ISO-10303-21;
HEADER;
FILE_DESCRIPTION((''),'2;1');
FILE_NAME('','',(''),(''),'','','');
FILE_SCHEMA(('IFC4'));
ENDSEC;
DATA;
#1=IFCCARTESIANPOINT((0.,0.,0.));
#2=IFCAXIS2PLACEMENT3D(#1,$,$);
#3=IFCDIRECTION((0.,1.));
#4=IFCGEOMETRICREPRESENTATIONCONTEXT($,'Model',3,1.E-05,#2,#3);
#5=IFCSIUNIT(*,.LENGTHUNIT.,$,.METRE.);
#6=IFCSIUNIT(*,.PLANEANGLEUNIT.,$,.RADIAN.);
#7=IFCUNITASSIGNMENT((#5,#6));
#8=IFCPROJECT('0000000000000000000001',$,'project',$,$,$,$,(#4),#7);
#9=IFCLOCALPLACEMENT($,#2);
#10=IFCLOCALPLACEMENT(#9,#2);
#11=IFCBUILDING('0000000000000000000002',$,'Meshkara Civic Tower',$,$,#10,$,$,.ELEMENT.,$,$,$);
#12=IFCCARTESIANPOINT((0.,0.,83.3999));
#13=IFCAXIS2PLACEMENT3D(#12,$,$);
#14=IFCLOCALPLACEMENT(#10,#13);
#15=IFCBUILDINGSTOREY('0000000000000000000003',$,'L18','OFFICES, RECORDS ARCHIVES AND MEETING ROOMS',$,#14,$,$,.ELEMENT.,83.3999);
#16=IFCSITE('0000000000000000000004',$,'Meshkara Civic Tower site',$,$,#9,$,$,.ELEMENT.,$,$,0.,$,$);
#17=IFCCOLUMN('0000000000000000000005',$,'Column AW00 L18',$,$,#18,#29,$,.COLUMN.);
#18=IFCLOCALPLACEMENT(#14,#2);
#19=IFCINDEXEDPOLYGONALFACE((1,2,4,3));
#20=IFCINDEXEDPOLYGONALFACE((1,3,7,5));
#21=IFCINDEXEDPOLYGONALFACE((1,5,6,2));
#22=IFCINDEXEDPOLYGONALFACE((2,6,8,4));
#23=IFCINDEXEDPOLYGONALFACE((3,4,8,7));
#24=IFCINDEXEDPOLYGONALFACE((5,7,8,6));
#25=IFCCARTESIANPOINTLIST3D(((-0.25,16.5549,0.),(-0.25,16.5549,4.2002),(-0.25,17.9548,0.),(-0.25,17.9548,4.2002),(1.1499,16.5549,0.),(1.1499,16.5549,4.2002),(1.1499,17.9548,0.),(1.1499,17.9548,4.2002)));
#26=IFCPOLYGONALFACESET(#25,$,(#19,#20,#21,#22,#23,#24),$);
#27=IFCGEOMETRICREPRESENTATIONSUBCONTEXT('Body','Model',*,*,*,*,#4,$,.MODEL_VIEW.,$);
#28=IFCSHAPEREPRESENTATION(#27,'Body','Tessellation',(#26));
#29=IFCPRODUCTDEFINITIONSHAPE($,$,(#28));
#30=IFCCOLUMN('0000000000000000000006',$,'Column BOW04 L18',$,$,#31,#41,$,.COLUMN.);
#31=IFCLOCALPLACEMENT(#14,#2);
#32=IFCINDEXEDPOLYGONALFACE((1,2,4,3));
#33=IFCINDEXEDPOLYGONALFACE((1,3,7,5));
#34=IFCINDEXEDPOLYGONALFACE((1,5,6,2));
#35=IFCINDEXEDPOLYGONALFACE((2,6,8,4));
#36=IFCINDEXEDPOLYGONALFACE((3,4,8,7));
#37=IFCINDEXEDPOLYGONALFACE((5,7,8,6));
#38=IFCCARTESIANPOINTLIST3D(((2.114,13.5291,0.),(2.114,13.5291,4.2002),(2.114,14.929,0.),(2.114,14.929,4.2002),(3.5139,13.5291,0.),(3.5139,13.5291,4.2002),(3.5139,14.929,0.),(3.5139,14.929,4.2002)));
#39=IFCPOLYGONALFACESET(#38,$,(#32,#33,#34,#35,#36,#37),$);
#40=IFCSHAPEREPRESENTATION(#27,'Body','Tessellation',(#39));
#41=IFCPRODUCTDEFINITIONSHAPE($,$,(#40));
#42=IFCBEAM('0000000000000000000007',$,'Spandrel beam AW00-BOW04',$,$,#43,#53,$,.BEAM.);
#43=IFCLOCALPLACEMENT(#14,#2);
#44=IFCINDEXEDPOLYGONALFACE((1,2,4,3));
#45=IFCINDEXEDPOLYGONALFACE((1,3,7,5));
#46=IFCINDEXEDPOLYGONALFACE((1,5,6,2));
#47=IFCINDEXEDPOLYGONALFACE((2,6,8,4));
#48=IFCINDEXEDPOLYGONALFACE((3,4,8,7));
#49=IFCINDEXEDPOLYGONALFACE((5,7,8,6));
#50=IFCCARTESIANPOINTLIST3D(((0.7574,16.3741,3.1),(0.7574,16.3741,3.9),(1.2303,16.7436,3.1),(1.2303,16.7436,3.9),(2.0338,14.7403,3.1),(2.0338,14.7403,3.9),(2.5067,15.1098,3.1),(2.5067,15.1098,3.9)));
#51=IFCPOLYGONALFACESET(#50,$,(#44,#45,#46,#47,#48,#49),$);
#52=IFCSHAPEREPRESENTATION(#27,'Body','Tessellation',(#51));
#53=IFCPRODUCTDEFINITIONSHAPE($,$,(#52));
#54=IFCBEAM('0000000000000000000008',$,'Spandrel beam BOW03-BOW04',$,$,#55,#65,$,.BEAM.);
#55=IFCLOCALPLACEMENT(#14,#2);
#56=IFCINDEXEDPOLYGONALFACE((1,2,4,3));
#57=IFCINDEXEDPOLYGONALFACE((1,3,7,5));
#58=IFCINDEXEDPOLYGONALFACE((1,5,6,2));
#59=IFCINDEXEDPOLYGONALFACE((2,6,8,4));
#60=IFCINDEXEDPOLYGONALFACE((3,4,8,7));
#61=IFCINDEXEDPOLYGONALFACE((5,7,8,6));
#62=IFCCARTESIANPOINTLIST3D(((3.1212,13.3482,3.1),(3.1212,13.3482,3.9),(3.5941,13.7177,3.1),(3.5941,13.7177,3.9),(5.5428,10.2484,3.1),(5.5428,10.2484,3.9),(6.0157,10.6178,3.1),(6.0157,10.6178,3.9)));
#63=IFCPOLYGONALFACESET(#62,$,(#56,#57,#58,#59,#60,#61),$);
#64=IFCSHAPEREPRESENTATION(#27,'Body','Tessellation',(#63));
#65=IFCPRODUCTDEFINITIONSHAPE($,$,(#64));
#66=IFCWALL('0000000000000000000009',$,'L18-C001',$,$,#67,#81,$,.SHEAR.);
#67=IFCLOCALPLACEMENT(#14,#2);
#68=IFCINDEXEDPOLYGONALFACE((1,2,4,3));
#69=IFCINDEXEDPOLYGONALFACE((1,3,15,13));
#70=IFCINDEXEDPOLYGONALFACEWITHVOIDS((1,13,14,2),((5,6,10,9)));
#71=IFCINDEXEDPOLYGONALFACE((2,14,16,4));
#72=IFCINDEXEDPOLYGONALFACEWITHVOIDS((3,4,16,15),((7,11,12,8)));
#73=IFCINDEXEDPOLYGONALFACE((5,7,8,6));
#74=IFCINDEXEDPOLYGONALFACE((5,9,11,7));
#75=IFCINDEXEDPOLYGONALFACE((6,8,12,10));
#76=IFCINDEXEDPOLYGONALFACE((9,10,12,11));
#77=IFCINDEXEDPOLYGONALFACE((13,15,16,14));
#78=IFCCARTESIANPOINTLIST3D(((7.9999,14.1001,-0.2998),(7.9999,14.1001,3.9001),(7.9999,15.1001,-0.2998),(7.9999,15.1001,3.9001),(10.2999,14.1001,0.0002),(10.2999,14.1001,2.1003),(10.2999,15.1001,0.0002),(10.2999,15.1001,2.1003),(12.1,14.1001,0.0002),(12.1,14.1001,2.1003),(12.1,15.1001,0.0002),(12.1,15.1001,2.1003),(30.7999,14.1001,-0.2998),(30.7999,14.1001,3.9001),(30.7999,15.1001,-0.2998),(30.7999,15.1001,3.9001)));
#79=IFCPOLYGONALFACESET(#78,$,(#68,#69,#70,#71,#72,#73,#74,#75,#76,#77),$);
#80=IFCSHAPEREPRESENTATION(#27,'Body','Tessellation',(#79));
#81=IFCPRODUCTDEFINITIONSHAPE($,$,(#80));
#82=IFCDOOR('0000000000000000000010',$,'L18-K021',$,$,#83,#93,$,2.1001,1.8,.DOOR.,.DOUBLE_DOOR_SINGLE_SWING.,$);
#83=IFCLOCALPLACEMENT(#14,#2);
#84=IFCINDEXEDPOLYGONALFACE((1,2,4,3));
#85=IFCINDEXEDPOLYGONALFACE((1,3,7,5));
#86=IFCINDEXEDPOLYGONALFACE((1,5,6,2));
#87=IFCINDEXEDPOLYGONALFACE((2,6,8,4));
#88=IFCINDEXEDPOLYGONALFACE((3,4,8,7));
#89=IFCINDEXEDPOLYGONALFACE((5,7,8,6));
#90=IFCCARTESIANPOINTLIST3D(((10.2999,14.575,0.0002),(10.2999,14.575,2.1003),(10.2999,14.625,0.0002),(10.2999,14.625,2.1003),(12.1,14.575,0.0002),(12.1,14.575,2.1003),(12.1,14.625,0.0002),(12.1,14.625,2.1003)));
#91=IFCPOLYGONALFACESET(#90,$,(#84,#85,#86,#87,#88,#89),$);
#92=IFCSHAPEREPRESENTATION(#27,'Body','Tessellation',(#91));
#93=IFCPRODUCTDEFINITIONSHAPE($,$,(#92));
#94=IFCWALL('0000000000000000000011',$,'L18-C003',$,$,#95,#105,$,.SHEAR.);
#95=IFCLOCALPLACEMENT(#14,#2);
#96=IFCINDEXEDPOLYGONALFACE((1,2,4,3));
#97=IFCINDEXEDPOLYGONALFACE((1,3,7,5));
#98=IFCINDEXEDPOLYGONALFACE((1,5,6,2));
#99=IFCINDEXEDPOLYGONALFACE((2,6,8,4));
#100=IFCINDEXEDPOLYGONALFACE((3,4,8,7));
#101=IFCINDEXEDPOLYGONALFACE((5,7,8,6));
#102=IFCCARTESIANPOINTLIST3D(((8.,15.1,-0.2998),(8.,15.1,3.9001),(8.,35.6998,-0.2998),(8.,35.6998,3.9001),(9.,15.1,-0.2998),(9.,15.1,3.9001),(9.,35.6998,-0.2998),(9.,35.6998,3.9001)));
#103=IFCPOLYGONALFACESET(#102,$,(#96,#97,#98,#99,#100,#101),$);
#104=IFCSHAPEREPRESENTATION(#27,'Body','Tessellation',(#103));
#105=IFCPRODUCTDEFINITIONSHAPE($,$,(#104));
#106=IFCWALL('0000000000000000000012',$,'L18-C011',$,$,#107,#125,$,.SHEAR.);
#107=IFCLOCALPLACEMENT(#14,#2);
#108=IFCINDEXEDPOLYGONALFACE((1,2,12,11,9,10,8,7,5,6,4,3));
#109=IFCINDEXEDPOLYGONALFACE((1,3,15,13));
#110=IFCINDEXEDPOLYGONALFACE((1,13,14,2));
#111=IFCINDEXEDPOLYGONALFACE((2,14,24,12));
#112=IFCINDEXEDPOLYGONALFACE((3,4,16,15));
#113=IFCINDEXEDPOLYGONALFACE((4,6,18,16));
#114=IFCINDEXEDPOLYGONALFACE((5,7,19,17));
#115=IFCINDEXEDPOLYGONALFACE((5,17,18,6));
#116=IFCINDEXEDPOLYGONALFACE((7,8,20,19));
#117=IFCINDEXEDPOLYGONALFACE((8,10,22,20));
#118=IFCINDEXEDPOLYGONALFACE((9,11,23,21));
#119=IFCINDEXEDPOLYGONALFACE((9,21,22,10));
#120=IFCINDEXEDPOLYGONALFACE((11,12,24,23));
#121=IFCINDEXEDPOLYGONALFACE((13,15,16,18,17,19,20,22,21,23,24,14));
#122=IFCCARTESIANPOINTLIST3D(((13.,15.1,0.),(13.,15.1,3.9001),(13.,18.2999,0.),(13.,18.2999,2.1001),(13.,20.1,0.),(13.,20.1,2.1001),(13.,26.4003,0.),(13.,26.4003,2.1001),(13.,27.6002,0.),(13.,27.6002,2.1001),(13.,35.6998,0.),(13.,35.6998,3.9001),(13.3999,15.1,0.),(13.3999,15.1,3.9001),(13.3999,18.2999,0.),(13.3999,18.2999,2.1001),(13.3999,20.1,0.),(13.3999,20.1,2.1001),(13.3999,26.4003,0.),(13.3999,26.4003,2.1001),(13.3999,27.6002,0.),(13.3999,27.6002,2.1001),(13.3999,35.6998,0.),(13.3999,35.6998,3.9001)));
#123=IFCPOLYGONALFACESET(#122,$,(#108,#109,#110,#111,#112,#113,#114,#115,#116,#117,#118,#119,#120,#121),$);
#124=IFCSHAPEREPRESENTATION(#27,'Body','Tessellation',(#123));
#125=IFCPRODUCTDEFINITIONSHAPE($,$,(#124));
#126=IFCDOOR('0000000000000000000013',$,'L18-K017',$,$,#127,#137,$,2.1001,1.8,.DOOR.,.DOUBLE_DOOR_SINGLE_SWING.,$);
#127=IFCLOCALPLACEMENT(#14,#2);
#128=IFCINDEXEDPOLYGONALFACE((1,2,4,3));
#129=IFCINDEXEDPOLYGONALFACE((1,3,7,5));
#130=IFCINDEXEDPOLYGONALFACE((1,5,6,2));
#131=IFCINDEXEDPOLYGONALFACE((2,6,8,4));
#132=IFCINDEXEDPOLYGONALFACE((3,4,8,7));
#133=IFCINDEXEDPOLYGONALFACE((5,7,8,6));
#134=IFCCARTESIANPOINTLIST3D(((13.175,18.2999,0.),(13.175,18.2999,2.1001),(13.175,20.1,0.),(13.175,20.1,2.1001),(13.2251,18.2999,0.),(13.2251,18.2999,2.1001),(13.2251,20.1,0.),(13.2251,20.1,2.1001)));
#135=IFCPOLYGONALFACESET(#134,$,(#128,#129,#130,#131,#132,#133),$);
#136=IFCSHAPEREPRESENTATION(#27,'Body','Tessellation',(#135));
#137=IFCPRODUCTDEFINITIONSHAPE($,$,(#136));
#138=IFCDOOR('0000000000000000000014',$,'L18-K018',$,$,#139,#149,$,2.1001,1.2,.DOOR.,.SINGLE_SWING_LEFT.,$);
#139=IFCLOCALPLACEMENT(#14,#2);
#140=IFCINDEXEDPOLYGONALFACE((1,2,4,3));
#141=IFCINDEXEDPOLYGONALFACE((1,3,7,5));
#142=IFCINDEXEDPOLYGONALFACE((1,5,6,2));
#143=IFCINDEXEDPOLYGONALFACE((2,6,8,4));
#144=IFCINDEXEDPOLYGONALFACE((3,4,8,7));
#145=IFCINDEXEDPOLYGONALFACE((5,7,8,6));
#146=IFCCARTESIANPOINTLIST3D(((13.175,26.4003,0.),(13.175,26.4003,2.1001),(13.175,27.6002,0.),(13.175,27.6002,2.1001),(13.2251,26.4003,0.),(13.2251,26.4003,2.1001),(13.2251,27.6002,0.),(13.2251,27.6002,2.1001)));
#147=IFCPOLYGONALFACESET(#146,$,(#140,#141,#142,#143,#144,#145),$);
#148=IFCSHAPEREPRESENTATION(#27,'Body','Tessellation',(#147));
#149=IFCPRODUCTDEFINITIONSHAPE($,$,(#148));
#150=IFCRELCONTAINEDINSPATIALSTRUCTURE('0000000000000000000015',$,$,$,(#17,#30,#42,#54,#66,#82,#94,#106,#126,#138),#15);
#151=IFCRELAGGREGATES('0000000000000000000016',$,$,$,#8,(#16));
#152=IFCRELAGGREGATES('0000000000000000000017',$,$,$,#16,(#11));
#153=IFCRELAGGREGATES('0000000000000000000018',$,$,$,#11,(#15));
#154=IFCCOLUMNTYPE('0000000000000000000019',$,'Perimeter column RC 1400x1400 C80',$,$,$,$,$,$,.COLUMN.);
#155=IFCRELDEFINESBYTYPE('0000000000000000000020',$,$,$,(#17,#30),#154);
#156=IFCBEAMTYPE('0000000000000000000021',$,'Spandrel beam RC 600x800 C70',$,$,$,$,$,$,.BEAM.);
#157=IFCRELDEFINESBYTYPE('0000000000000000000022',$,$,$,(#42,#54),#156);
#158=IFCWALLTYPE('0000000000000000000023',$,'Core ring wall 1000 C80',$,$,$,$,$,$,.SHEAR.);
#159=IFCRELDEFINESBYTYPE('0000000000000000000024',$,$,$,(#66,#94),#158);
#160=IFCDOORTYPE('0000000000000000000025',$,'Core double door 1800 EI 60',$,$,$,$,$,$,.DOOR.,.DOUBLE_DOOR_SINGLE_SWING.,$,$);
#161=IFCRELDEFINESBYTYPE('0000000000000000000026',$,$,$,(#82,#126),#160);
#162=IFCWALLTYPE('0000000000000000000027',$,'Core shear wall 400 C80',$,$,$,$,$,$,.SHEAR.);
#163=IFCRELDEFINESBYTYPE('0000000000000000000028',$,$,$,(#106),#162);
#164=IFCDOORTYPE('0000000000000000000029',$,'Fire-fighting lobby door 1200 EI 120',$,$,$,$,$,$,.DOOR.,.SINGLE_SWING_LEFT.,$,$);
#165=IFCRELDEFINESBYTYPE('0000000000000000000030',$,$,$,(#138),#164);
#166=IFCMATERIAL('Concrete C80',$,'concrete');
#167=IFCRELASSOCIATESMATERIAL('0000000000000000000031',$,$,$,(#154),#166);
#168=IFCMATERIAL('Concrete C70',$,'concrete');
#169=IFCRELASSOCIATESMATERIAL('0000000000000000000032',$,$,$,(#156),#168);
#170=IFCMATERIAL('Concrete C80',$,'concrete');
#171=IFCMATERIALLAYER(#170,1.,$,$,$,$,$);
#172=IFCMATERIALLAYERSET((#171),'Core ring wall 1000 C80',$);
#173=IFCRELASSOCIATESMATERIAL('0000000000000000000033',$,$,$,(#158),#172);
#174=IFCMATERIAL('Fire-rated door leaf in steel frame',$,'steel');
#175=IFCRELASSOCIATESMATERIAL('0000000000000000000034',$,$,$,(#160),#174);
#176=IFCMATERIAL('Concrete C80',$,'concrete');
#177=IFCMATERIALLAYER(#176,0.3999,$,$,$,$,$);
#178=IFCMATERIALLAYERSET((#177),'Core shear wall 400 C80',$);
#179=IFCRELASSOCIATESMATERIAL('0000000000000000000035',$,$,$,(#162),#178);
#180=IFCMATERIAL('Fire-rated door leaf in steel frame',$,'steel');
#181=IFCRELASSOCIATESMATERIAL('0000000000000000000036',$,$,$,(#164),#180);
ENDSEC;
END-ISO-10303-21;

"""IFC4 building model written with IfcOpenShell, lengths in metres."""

from ifc_helpers import new_model, si_unit, direction, frame, frame_2d, origin, origin_2d, place, context, subcontext, project, spatial, rectangle, extrude, material, layer, layer_set, material_profile, profile_set, type_object, element, fill, save


model = new_model("IFC4")

# Units and contexts
model_context = context("Model", 3, precision=1e-05, world=origin(), true_north=direction((0.0, 1.0)))
body_context = subcontext(model_context, "Body", "Model", "MODEL_VIEW")
ifc_project = project(units=[si_unit("LENGTHUNIT", "METRE"), si_unit("PLANEANGLEUNIT", "RADIAN")], contexts=[model_context])

# Site, building, storey
site_placement = place(None, origin())
site = spatial("IfcSite", under=ifc_project, at=site_placement, Name="Meshkara Civic Tower site", CompositionType="ELEMENT", RefElevation=0.0)
building_placement = place(site_placement, origin())
building = spatial("IfcBuilding", under=site, at=building_placement, Name="Meshkara Civic Tower", CompositionType="ELEMENT")
storey_placement = place(building_placement, frame((0.0, 0.0, 83.3999)))
storey = spatial("IfcBuildingStorey", under=building, at=storey_placement, Name="L18", Description="OFFICES, RECORDS ARCHIVES AND MEETING ROOMS", CompositionType="ELEMENT", Elevation=83.3999)

# Columns
ifc_material_1 = material(Name="Concrete C80", Category="concrete")
ifc_material_profile_1 = material_profile(ifc_material_1, rectangle(XDim=1.3999, YDim=1.3999, at=origin_2d()))
ifc_profile_set_1 = profile_set([ifc_material_profile_1], Name="Concrete C80")
column_type = type_object("IfcColumnType", Name="Perimeter column RC 1400x1400 C80", PredefinedType="COLUMN", material=ifc_profile_set_1)
for number, where, z_axis, x_axis, name in (
    (1, (0.45, 17.2549, 0.0), (0.0, 0.0, 1.0), (1.0, 0.0, 0.0), "Column AW00 L18"),
    (2, (2.814, 14.229, 0.0), (0.0, 0.0, 1.0), (1.0, 0.0, 0.0), "Column BOW04 L18"),
):
    element("IfcColumn", number, at=place(storey_placement, frame(where, z_axis=z_axis, x_axis=x_axis)), inside=storey, type_object=column_type, Name=name, PredefinedType="COLUMN", context=body_context, shape_type="SweptSolid", body=[
        extrude(rectangle(XDim=1.3999, YDim=1.3999, at=origin_2d()), origin(), (0.0, 0.0, 1.0), 4.2002),
    ])

# Beams
ifc_material_2 = material(Name="Concrete C70", Category="concrete")
ifc_material_profile_2 = material_profile(ifc_material_2, rectangle(XDim=0.6001, YDim=0.8, at=origin_2d()))
ifc_profile_set_2 = profile_set([ifc_material_profile_2], Name="Concrete C70")
beam_type = type_object("IfcBeamType", Name="Spandrel beam RC 600x800 C70", PredefinedType="BEAM", material=ifc_profile_set_2)
beam_1_placement = place(storey_placement, frame((0.9939, 16.5588, 3.5), z_axis=(0.615635, -0.788032, 0.0), x_axis=(0.788032, 0.615635, 0.0)))
element("IfcBeam", 3, at=beam_1_placement, inside=storey, type_object=beam_type, Name="Spandrel beam AW00-BOW04", PredefinedType="BEAM", context=body_context, shape_type="SweptSolid", body=[
    extrude(rectangle(XDim=0.6001, YDim=0.8, at=origin_2d()), origin(), (0.0, 0.0, 1.0), 2.0732),
])
beam_2_placement = place(storey_placement, frame((3.3577, 13.533, 3.5), z_axis=(0.615624, -0.78804, 0.0), x_axis=(0.78804, 0.615624, 0.0)))
element("IfcBeam", 4, at=beam_2_placement, inside=storey, type_object=beam_type, Name="Spandrel beam BOW03-BOW04", PredefinedType="BEAM", context=body_context, shape_type="SweptSolid", body=[
    extrude(rectangle(XDim=0.6001, YDim=0.8, at=origin_2d()), origin(), (0.0, 0.0, 1.0), 3.9336),
])

# Wall, opening, door
ifc_material_3 = material(Name="Concrete C80", Category="concrete")
ifc_layer_1 = layer(ifc_material_3, 1.0)
ifc_layer_set_1 = layer_set([ifc_layer_1], Name="Core ring wall 1000 C80")
wall_type_1 = type_object("IfcWallType", Name="Core ring wall 1000 C80", PredefinedType="SHEAR", material=ifc_layer_set_1)
wall_1_placement = place(storey_placement, frame((8.0, 14.6001, -0.2998), z_axis=(0.0, 0.0, 1.0), x_axis=(1.0, 0.0, 0.0)))
wall_1 = element("IfcWall", 5, at=wall_1_placement, inside=storey, type_object=wall_type_1, Name="L18-C001", PredefinedType="SHEAR", context=body_context, shape_type="SweptSolid", body=[
    extrude(rectangle(XDim=22.8, YDim=1.0, at=frame_2d((11.3999, 0.0))), origin(), (0.0, 0.0, 1.0), 4.2),
])
opening_1_placement = place(wall_1_placement, frame((2.3, 0.0, 0.3)))
opening_1 = element("IfcOpeningElement", 6, at=opening_1_placement, cuts=wall_1, PredefinedType="OPENING", context=body_context, shape_type="SweptSolid", body=[
    extrude(rectangle(XDim=1.8, YDim=2.1001, at=frame_2d((0.8999, 1.05))), frame((0.0, 0.51, 0.0), z_axis=(0.0, -1.0, 0.0), x_axis=(1.0, 0.0, 0.0)), (0.0, 0.0, 1.0), 1.02),
])
ifc_material_4 = material(Name="Fire-rated door leaf in steel frame", Category="steel")
door_type_1 = type_object("IfcDoorType", Name="Core double door 1800 EI 60", OperationType="DOUBLE_DOOR_SINGLE_SWING", PredefinedType="DOOR", material=ifc_material_4)
door_1_placement = place(opening_1_placement, origin())
door_1 = element("IfcDoor", 7, at=door_1_placement, inside=storey, type_object=door_type_1, Name="L18-K021", OperationType="DOUBLE_DOOR_SINGLE_SWING", OverallHeight=2.1001, OverallWidth=1.8, PredefinedType="DOOR", context=body_context, shape_type="SweptSolid", body=[
    extrude(rectangle(XDim=1.8, YDim=2.1001, at=frame_2d((0.8999, 1.05))), frame((0.0, 0.0249, 0.0), z_axis=(0.0, -1.0, 0.0), x_axis=(1.0, 0.0, 0.0)), (0.0, 0.0, 1.0), 0.05),
])
fill(opening_1, door_1)

# Wall
wall_2_placement = place(storey_placement, frame((8.5, 15.1001, -0.2998), z_axis=(0.0, 0.0, 1.0), x_axis=(0.0, 1.0, 0.0)))
element("IfcWall", 8, at=wall_2_placement, inside=storey, type_object=wall_type_1, Name="L18-C003", PredefinedType="SHEAR", context=body_context, shape_type="SweptSolid", body=[
    extrude(rectangle(XDim=20.5999, YDim=1.0, at=frame_2d((10.2998, 0.0))), origin(), (0.0, 0.0, 1.0), 4.2),
])

# Wall, openings, doors
ifc_material_5 = material(Name="Concrete C80", Category="concrete")
ifc_layer_2 = layer(ifc_material_5, 0.3999)
ifc_layer_set_2 = layer_set([ifc_layer_2], Name="Core shear wall 400 C80")
wall_type_2 = type_object("IfcWallType", Name="Core shear wall 400 C80", PredefinedType="SHEAR", material=ifc_layer_set_2)
wall_3_placement = place(storey_placement, frame((13.2, 15.1001, 0.0), z_axis=(0.0, 0.0, 1.0), x_axis=(0.0, 1.0, 0.0)))
wall_3 = element("IfcWall", 9, at=wall_3_placement, inside=storey, type_object=wall_type_2, Name="L18-C011", PredefinedType="SHEAR", context=body_context, shape_type="SweptSolid", body=[
    extrude(rectangle(XDim=20.5999, YDim=0.3999, at=frame_2d((10.2998, 0.0))), origin(), (0.0, 0.0, 1.0), 3.9001),
])
opening_2_placement = place(wall_3_placement, frame((3.2, 0.0, 0.0)))
opening_2 = element("IfcOpeningElement", 10, at=opening_2_placement, cuts=wall_3, PredefinedType="OPENING", context=body_context, shape_type="SweptSolid", body=[
    extrude(rectangle(XDim=1.8, YDim=2.1001, at=frame_2d((0.8999, 1.05))), frame((0.0, 0.21, 0.0), z_axis=(0.0, -1.0, 0.0), x_axis=(1.0, 0.0, 0.0)), (0.0, 0.0, 1.0), 0.4199),
])
opening_3_placement = place(wall_3_placement, frame((11.3, 0.0, 0.0)))
opening_3 = element("IfcOpeningElement", 11, at=opening_3_placement, cuts=wall_3, PredefinedType="OPENING", context=body_context, shape_type="SweptSolid", body=[
    extrude(rectangle(XDim=1.2, YDim=2.1001, at=frame_2d((0.6001, 1.05))), frame((0.0, 0.21, 0.0), z_axis=(0.0, -1.0, 0.0), x_axis=(1.0, 0.0, 0.0)), (0.0, 0.0, 1.0), 0.4199),
])
door_2_placement = place(opening_2_placement, origin())
door_2 = element("IfcDoor", 12, at=door_2_placement, inside=storey, type_object=door_type_1, Name="L18-K017", OperationType="DOUBLE_DOOR_SINGLE_SWING", OverallHeight=2.1001, OverallWidth=1.8, PredefinedType="DOOR", context=body_context, shape_type="SweptSolid", body=[
    extrude(rectangle(XDim=1.8, YDim=2.1001, at=frame_2d((0.8999, 1.05))), frame((0.0, 0.0249, 0.0), z_axis=(0.0, -1.0, 0.0), x_axis=(1.0, 0.0, 0.0)), (0.0, 0.0, 1.0), 0.05),
])
fill(opening_2, door_2)
ifc_material_6 = material(Name="Fire-rated door leaf in steel frame", Category="steel")
door_type_2 = type_object("IfcDoorType", Name="Fire-fighting lobby door 1200 EI 120", OperationType="SINGLE_SWING_LEFT", PredefinedType="DOOR", material=ifc_material_6)
door_3_placement = place(opening_3_placement, origin())
door_3 = element("IfcDoor", 13, at=door_3_placement, inside=storey, type_object=door_type_2, Name="L18-K018", OperationType="SINGLE_SWING_LEFT", OverallHeight=2.1001, OverallWidth=1.2, PredefinedType="DOOR", context=body_context, shape_type="SweptSolid", body=[
    extrude(rectangle(XDim=1.2, YDim=2.1001, at=frame_2d((0.6001, 1.05))), frame((0.0, 0.0249, 0.0), z_axis=(0.0, -1.0, 0.0), x_axis=(1.0, 0.0, 0.0)), (0.0, 0.0, 1.0), 0.05),
])
fill(opening_3, door_3)

save(model, "model.ifc")
